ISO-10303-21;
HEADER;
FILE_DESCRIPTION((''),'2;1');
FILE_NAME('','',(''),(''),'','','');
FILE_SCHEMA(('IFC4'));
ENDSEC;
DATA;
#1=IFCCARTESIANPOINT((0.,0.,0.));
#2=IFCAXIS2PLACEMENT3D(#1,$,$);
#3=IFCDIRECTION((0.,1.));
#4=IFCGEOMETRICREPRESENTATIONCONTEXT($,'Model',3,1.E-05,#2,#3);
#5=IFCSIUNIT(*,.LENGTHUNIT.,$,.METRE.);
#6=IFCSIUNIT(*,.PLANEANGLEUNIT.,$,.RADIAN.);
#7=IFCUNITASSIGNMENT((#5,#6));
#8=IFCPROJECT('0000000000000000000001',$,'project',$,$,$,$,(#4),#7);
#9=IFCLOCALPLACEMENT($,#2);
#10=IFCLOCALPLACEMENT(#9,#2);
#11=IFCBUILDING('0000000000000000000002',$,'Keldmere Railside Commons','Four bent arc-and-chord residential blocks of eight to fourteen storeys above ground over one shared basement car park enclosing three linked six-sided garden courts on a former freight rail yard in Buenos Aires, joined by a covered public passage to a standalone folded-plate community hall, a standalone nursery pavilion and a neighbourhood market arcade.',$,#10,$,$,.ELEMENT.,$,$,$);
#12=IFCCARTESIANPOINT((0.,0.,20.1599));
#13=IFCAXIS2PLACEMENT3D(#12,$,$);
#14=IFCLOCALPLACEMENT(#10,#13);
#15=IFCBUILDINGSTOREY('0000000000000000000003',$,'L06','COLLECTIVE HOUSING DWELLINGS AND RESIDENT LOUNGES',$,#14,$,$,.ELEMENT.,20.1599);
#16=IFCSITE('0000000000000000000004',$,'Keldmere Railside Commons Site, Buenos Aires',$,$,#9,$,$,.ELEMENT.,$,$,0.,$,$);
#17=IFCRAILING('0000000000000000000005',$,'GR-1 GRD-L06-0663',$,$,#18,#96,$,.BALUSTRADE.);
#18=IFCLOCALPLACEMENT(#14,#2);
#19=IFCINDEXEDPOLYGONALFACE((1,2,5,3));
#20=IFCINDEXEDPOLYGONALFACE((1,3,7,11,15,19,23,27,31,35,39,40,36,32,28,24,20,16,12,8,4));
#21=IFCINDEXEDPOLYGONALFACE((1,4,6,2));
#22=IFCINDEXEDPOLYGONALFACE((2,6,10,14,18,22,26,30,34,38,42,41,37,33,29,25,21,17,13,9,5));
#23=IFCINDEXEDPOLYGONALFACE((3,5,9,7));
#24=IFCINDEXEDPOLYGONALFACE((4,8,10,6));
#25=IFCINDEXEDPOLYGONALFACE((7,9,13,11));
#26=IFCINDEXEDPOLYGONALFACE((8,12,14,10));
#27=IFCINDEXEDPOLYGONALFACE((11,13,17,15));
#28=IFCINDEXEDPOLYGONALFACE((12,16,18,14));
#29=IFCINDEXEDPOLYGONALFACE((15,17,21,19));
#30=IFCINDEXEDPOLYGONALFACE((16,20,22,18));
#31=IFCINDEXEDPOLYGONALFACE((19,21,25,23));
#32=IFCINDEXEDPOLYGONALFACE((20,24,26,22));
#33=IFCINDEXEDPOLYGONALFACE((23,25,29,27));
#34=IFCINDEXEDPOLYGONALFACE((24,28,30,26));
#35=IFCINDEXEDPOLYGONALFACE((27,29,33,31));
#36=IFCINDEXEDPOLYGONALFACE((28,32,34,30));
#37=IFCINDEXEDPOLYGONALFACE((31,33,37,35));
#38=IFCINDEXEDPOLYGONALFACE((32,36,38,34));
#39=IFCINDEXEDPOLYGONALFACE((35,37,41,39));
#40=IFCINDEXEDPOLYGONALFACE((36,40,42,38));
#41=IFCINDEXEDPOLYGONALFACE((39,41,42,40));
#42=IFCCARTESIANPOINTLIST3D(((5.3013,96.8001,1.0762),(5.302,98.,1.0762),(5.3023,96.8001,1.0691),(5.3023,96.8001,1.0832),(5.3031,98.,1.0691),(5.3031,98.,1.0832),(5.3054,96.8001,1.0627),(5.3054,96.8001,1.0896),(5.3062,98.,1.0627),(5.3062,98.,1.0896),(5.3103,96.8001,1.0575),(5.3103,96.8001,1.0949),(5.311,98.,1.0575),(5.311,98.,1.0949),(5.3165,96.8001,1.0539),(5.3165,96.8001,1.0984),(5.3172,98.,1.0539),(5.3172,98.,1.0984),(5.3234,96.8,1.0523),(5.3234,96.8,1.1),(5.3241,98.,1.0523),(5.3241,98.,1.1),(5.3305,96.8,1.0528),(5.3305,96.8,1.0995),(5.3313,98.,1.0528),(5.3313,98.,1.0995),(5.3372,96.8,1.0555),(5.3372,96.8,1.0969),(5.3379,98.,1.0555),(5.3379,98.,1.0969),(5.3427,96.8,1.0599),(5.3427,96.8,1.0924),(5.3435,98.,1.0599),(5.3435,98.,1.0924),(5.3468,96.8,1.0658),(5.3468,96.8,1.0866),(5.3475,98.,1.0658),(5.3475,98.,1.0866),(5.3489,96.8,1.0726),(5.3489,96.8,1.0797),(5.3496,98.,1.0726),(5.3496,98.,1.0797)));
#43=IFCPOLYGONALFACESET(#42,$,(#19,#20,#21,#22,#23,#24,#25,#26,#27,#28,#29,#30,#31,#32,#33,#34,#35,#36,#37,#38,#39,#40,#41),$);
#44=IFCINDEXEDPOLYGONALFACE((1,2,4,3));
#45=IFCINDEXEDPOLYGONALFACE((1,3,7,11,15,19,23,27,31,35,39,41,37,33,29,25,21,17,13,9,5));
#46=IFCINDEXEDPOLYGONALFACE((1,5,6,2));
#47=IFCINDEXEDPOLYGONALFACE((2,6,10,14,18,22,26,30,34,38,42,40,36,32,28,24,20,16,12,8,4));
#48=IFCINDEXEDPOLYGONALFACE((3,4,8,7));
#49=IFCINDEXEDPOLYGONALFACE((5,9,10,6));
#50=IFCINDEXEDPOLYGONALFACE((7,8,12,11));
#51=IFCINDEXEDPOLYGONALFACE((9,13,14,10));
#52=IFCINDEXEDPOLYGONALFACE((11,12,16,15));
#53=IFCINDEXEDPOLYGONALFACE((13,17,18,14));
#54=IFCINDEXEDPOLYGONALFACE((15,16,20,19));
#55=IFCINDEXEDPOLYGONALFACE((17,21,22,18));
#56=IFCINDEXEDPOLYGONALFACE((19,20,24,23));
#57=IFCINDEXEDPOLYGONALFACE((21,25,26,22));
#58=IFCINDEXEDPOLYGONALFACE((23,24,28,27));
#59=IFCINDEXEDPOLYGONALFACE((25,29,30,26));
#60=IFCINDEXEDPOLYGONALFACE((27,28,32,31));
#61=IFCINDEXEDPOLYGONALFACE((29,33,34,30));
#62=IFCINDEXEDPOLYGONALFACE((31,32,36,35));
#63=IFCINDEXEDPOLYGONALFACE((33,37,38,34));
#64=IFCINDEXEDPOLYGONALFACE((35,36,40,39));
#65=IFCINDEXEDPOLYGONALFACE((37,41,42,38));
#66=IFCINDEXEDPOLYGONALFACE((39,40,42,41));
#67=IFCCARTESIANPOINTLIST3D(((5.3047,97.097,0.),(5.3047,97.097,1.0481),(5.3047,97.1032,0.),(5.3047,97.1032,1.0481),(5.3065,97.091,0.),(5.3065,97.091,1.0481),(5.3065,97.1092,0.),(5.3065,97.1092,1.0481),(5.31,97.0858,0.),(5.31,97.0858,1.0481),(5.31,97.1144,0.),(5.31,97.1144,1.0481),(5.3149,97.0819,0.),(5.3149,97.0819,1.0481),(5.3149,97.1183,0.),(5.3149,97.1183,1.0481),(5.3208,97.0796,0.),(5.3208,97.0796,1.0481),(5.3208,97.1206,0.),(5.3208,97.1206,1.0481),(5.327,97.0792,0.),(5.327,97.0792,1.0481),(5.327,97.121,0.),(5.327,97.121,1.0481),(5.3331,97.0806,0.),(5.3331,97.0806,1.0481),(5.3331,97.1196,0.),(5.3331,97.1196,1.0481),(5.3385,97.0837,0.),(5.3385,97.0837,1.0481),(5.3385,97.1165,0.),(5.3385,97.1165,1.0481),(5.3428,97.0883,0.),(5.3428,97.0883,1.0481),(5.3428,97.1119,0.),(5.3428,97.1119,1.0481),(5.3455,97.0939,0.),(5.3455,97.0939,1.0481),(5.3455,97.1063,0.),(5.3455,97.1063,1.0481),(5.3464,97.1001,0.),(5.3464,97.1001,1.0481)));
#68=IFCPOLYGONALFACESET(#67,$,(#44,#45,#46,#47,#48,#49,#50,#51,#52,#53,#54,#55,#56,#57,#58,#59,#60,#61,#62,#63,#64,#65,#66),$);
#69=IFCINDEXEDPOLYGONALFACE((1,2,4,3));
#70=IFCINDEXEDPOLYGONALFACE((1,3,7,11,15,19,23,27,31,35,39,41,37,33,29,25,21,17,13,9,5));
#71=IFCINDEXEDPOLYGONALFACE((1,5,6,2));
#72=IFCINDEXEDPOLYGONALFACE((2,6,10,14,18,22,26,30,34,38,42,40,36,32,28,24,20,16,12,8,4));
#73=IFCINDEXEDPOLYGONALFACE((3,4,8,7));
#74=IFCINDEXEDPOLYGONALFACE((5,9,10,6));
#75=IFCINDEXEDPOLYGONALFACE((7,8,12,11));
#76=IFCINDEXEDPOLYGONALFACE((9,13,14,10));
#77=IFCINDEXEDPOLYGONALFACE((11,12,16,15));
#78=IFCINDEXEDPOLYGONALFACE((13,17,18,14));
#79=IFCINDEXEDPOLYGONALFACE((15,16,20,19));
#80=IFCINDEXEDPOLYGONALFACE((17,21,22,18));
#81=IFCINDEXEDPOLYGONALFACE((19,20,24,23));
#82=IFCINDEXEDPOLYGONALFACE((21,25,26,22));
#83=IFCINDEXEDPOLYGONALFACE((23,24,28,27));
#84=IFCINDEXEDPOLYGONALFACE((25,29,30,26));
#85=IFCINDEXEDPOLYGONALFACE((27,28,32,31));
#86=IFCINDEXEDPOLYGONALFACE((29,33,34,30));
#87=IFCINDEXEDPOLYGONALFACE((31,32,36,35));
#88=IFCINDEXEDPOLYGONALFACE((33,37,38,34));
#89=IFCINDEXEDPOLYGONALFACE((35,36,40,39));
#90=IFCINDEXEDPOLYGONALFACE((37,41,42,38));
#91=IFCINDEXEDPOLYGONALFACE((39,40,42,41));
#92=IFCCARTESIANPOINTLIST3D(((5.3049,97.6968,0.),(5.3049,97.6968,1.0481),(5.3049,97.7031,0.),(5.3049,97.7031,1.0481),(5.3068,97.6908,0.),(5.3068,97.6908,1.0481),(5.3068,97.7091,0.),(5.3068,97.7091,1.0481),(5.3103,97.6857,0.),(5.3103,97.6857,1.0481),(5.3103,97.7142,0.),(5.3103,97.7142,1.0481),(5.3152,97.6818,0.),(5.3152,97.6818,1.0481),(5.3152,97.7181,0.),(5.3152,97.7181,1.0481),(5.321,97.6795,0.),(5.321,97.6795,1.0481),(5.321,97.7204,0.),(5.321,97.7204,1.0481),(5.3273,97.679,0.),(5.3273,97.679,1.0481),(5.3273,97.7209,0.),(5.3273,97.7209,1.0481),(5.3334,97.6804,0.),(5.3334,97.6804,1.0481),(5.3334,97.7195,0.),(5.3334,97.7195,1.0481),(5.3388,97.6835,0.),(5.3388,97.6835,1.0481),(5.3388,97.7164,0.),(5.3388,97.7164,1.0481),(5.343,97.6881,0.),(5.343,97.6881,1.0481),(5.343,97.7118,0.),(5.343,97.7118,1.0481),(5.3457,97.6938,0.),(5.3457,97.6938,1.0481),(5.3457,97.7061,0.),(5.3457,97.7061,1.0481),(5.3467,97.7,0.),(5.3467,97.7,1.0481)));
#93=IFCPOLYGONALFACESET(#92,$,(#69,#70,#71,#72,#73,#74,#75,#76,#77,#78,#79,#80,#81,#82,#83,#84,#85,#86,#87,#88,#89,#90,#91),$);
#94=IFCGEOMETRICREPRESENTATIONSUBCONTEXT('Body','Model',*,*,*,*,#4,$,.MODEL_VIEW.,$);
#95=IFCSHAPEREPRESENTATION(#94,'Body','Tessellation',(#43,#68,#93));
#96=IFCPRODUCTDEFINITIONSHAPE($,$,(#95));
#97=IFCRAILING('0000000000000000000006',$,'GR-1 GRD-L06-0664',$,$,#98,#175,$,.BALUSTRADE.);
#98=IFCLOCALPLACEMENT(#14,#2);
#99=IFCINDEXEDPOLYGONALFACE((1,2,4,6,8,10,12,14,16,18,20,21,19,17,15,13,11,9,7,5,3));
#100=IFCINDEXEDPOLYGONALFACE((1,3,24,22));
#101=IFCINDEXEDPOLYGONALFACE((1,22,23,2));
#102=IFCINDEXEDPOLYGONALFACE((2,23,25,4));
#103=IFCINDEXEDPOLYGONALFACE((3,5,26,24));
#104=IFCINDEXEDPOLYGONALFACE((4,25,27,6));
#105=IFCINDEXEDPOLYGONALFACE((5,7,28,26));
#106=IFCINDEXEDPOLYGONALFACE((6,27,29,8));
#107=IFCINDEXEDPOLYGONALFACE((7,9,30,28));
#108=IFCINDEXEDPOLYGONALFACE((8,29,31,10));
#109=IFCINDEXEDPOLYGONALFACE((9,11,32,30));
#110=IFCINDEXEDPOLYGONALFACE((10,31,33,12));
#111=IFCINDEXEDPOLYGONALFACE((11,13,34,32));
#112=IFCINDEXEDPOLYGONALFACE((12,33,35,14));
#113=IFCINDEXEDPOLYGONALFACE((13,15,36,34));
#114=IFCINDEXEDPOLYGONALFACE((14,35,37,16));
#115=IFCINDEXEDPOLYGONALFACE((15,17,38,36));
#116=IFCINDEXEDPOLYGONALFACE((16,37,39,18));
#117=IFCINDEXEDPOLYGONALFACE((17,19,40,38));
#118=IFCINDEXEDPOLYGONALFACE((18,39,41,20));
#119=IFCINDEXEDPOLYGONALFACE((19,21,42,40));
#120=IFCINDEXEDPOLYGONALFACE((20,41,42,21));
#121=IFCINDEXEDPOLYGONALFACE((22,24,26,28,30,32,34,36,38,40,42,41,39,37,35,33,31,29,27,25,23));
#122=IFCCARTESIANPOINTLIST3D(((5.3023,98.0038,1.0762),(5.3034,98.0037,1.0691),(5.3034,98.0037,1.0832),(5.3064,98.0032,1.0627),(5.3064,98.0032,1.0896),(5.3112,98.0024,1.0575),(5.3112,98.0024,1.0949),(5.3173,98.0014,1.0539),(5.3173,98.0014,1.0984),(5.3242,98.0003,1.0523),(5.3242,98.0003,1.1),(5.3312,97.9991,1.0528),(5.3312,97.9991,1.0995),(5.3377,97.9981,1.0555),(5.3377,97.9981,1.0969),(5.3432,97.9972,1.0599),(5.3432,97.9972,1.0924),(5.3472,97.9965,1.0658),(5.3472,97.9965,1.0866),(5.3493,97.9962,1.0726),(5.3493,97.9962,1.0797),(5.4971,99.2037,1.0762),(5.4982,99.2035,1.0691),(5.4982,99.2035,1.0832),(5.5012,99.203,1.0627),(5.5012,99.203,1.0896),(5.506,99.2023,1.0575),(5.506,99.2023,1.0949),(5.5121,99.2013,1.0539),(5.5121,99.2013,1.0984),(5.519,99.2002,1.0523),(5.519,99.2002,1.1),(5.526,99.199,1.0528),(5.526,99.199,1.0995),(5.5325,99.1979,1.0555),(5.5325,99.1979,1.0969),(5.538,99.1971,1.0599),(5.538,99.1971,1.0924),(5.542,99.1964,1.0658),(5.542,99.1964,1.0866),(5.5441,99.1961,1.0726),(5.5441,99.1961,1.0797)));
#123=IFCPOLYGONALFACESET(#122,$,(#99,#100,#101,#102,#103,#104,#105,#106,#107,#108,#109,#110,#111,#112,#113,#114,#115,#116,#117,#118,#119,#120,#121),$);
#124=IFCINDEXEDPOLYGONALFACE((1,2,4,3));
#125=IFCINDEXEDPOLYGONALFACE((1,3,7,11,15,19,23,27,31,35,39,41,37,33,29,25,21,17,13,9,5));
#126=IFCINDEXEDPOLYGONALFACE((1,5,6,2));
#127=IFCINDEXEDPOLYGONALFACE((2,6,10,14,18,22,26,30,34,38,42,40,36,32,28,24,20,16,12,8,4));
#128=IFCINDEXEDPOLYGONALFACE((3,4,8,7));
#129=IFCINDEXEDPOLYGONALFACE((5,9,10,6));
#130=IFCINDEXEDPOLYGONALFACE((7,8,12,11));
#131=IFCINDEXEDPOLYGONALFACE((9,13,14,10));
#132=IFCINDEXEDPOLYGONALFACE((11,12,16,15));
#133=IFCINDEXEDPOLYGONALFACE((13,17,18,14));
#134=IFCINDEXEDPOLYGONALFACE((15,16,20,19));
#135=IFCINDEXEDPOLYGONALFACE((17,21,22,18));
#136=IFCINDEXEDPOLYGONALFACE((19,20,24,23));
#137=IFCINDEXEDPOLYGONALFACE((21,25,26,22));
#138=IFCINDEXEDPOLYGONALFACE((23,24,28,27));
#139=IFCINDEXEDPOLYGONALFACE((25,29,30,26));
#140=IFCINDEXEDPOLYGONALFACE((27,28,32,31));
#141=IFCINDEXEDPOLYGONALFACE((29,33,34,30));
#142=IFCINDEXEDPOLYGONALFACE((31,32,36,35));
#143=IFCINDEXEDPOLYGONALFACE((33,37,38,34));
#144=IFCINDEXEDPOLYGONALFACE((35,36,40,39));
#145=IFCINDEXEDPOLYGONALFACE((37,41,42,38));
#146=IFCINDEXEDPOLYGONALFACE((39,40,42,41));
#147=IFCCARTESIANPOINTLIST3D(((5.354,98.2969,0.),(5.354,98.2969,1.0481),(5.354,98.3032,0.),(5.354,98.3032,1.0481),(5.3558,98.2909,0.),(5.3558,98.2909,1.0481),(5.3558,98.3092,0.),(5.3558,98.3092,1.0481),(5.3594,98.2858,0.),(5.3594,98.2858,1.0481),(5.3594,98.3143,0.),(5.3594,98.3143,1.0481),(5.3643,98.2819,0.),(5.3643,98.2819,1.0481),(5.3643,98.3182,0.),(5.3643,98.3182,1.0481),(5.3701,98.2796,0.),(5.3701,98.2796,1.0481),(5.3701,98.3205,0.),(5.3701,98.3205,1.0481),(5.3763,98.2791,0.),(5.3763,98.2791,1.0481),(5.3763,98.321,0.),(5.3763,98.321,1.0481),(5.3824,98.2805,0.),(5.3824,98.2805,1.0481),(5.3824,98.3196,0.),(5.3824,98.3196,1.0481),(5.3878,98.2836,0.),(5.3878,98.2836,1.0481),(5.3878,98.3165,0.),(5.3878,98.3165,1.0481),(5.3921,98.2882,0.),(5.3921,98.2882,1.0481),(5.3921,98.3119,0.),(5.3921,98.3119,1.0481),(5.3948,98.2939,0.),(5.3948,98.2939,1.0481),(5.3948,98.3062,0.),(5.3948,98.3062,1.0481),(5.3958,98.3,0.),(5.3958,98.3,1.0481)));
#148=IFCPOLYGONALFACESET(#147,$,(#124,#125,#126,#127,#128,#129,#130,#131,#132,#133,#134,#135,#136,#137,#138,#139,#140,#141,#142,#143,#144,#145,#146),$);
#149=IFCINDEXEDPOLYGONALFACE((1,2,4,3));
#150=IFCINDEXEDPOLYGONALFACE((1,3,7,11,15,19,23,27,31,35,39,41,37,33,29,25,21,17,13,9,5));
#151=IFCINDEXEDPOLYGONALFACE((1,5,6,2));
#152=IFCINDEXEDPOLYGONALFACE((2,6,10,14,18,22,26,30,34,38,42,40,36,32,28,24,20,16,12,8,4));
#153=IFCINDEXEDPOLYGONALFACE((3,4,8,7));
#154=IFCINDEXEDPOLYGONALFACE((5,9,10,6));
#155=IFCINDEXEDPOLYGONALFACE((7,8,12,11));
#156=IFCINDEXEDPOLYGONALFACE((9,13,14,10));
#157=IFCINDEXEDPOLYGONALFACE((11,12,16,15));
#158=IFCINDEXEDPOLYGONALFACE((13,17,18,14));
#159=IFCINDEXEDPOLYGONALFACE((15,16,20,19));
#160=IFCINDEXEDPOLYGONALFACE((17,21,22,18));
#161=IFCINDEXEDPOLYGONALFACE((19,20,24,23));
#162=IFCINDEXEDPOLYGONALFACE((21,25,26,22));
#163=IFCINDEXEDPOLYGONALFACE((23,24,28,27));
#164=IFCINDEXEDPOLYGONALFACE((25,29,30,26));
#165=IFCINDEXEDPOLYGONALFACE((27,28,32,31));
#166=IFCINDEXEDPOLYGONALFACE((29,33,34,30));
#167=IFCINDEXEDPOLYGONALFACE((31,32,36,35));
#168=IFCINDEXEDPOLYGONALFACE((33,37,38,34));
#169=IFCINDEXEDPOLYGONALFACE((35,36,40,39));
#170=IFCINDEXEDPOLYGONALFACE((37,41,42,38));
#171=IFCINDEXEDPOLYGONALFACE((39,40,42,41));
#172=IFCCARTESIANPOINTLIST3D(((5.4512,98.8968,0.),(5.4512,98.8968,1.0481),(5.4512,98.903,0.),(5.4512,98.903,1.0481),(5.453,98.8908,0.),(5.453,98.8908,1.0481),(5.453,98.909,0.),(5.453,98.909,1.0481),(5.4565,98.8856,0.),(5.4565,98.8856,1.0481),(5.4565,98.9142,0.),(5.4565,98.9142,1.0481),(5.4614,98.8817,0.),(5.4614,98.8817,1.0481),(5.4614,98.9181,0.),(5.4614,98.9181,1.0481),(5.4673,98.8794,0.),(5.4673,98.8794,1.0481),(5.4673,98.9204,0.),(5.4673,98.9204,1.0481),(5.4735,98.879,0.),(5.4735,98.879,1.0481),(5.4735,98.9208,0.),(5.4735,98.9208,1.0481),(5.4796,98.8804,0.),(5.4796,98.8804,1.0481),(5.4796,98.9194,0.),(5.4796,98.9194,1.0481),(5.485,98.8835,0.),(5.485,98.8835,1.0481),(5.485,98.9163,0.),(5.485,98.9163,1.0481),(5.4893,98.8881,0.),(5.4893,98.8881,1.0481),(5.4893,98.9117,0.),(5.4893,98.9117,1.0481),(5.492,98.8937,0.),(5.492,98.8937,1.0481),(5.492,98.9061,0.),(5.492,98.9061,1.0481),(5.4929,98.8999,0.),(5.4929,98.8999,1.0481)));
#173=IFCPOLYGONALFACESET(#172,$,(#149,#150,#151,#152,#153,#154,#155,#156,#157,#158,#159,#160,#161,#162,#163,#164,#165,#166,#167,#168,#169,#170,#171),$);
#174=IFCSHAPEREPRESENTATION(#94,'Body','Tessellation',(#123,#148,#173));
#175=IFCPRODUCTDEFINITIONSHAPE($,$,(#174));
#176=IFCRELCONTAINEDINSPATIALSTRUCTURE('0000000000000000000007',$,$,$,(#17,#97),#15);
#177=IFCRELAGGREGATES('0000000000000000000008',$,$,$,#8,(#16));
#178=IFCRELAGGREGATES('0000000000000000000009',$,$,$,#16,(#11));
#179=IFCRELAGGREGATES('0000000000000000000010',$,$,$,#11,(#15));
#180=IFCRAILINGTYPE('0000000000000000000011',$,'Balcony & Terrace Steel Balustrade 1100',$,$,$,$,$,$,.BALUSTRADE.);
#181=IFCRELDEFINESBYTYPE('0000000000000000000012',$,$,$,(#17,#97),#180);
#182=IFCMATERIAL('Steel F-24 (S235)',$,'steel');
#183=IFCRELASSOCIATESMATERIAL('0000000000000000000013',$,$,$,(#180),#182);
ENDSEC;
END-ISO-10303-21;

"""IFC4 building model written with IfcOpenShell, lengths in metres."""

from ifc_helpers import new_model, si_unit, direction, frame, origin, origin_2d, place, context, subcontext, project, spatial, circle, extrude, material, type_object, element, save


model = new_model("IFC4")

# Units and contexts
model_context = context("Model", 3, precision=1e-05, world=origin(), true_north=direction((0.0, 1.0)))
body_context = subcontext(model_context, "Body", "Model", "MODEL_VIEW")
ifc_project = project(units=[si_unit("LENGTHUNIT", "METRE"), si_unit("PLANEANGLEUNIT", "RADIAN")], contexts=[model_context])

# Site, building, storey
site_placement = place(None, origin())
site = spatial("IfcSite", under=ifc_project, at=site_placement, Name="Keldmere Railside Commons Site, Buenos Aires", CompositionType="ELEMENT", RefElevation=0.0)
building_placement = place(site_placement, origin())
building = spatial("IfcBuilding", under=site, at=building_placement, Name="Keldmere Railside Commons", Description="Four bent arc-and-chord residential blocks of eight to fourteen storeys above ground over one shared basement car park enclosing three linked six-sided garden courts on a former freight rail yard in Buenos Aires, joined by a covered public passage to a standalone folded-plate community hall, a standalone nursery pavilion and a neighbourhood market arcade.", CompositionType="ELEMENT")
storey_placement = place(building_placement, frame((0.0, 0.0, 20.1599)))
storey = spatial("IfcBuildingStorey", under=building, at=storey_placement, Name="L06", Description="COLLECTIVE HOUSING DWELLINGS AND RESIDENT LOUNGES", CompositionType="ELEMENT", Elevation=20.1599)

# Railings
ifc_material_1 = material(Name="Steel F-24 (S235)", Category="steel")
railing_type = type_object("IfcRailingType", Name="Balcony & Terrace Steel Balustrade 1100", PredefinedType="BALUSTRADE", material=ifc_material_1)
railing_1_placement = place(storey_placement, frame((5.3252, 96.8, 0.0)))
element("IfcRailing", 1, at=railing_1_placement, inside=storey, type_object=railing_type, Name="GR-1 GRD-L06-0663", PredefinedType="BALUSTRADE", context=body_context, shape_type="SweptSolid", body=[
    extrude(circle(Radius=0.0239, at=origin_2d()), frame((0.0, 0.0, 1.0762), z_axis=(0.00061, 1.0, 0.0), x_axis=(-1.0, 0.00061, 0.0)), (0.0, 0.0, 1.0), 1.2),
    extrude(circle(Radius=0.021, at=origin_2d()), frame((0.0002, 0.3, 0.0)), (0.0, 0.0, 1.0), 1.0481),
    extrude(circle(Radius=0.021, at=origin_2d()), frame((0.0005, 0.8999, 0.0)), (0.0, 0.0, 1.0), 1.0481),
])
railing_2_placement = place(storey_placement, frame((5.3259, 98.0, 0.0)))
element("IfcRailing", 2, at=railing_2_placement, inside=storey, type_object=railing_type, Name="GR-1 GRD-L06-0664", PredefinedType="BALUSTRADE", context=body_context, shape_type="SweptSolid", body=[
    extrude(circle(Radius=0.0239, at=origin_2d()), frame((0.0, 0.0, 1.0762), z_axis=(0.160262, 0.987075, 0.0), x_axis=(-0.987075, 0.160262, 0.0)), (0.0, 0.0, 1.0), 1.2156),
    extrude(circle(Radius=0.021, at=origin_2d()), frame((0.0488, 0.3, 0.0)), (0.0, 0.0, 1.0), 1.0481),
    extrude(circle(Radius=0.021, at=origin_2d()), frame((0.146, 0.8999, 0.0)), (0.0, 0.0, 1.0), 1.0481),
])

save(model, "model.ifc")
